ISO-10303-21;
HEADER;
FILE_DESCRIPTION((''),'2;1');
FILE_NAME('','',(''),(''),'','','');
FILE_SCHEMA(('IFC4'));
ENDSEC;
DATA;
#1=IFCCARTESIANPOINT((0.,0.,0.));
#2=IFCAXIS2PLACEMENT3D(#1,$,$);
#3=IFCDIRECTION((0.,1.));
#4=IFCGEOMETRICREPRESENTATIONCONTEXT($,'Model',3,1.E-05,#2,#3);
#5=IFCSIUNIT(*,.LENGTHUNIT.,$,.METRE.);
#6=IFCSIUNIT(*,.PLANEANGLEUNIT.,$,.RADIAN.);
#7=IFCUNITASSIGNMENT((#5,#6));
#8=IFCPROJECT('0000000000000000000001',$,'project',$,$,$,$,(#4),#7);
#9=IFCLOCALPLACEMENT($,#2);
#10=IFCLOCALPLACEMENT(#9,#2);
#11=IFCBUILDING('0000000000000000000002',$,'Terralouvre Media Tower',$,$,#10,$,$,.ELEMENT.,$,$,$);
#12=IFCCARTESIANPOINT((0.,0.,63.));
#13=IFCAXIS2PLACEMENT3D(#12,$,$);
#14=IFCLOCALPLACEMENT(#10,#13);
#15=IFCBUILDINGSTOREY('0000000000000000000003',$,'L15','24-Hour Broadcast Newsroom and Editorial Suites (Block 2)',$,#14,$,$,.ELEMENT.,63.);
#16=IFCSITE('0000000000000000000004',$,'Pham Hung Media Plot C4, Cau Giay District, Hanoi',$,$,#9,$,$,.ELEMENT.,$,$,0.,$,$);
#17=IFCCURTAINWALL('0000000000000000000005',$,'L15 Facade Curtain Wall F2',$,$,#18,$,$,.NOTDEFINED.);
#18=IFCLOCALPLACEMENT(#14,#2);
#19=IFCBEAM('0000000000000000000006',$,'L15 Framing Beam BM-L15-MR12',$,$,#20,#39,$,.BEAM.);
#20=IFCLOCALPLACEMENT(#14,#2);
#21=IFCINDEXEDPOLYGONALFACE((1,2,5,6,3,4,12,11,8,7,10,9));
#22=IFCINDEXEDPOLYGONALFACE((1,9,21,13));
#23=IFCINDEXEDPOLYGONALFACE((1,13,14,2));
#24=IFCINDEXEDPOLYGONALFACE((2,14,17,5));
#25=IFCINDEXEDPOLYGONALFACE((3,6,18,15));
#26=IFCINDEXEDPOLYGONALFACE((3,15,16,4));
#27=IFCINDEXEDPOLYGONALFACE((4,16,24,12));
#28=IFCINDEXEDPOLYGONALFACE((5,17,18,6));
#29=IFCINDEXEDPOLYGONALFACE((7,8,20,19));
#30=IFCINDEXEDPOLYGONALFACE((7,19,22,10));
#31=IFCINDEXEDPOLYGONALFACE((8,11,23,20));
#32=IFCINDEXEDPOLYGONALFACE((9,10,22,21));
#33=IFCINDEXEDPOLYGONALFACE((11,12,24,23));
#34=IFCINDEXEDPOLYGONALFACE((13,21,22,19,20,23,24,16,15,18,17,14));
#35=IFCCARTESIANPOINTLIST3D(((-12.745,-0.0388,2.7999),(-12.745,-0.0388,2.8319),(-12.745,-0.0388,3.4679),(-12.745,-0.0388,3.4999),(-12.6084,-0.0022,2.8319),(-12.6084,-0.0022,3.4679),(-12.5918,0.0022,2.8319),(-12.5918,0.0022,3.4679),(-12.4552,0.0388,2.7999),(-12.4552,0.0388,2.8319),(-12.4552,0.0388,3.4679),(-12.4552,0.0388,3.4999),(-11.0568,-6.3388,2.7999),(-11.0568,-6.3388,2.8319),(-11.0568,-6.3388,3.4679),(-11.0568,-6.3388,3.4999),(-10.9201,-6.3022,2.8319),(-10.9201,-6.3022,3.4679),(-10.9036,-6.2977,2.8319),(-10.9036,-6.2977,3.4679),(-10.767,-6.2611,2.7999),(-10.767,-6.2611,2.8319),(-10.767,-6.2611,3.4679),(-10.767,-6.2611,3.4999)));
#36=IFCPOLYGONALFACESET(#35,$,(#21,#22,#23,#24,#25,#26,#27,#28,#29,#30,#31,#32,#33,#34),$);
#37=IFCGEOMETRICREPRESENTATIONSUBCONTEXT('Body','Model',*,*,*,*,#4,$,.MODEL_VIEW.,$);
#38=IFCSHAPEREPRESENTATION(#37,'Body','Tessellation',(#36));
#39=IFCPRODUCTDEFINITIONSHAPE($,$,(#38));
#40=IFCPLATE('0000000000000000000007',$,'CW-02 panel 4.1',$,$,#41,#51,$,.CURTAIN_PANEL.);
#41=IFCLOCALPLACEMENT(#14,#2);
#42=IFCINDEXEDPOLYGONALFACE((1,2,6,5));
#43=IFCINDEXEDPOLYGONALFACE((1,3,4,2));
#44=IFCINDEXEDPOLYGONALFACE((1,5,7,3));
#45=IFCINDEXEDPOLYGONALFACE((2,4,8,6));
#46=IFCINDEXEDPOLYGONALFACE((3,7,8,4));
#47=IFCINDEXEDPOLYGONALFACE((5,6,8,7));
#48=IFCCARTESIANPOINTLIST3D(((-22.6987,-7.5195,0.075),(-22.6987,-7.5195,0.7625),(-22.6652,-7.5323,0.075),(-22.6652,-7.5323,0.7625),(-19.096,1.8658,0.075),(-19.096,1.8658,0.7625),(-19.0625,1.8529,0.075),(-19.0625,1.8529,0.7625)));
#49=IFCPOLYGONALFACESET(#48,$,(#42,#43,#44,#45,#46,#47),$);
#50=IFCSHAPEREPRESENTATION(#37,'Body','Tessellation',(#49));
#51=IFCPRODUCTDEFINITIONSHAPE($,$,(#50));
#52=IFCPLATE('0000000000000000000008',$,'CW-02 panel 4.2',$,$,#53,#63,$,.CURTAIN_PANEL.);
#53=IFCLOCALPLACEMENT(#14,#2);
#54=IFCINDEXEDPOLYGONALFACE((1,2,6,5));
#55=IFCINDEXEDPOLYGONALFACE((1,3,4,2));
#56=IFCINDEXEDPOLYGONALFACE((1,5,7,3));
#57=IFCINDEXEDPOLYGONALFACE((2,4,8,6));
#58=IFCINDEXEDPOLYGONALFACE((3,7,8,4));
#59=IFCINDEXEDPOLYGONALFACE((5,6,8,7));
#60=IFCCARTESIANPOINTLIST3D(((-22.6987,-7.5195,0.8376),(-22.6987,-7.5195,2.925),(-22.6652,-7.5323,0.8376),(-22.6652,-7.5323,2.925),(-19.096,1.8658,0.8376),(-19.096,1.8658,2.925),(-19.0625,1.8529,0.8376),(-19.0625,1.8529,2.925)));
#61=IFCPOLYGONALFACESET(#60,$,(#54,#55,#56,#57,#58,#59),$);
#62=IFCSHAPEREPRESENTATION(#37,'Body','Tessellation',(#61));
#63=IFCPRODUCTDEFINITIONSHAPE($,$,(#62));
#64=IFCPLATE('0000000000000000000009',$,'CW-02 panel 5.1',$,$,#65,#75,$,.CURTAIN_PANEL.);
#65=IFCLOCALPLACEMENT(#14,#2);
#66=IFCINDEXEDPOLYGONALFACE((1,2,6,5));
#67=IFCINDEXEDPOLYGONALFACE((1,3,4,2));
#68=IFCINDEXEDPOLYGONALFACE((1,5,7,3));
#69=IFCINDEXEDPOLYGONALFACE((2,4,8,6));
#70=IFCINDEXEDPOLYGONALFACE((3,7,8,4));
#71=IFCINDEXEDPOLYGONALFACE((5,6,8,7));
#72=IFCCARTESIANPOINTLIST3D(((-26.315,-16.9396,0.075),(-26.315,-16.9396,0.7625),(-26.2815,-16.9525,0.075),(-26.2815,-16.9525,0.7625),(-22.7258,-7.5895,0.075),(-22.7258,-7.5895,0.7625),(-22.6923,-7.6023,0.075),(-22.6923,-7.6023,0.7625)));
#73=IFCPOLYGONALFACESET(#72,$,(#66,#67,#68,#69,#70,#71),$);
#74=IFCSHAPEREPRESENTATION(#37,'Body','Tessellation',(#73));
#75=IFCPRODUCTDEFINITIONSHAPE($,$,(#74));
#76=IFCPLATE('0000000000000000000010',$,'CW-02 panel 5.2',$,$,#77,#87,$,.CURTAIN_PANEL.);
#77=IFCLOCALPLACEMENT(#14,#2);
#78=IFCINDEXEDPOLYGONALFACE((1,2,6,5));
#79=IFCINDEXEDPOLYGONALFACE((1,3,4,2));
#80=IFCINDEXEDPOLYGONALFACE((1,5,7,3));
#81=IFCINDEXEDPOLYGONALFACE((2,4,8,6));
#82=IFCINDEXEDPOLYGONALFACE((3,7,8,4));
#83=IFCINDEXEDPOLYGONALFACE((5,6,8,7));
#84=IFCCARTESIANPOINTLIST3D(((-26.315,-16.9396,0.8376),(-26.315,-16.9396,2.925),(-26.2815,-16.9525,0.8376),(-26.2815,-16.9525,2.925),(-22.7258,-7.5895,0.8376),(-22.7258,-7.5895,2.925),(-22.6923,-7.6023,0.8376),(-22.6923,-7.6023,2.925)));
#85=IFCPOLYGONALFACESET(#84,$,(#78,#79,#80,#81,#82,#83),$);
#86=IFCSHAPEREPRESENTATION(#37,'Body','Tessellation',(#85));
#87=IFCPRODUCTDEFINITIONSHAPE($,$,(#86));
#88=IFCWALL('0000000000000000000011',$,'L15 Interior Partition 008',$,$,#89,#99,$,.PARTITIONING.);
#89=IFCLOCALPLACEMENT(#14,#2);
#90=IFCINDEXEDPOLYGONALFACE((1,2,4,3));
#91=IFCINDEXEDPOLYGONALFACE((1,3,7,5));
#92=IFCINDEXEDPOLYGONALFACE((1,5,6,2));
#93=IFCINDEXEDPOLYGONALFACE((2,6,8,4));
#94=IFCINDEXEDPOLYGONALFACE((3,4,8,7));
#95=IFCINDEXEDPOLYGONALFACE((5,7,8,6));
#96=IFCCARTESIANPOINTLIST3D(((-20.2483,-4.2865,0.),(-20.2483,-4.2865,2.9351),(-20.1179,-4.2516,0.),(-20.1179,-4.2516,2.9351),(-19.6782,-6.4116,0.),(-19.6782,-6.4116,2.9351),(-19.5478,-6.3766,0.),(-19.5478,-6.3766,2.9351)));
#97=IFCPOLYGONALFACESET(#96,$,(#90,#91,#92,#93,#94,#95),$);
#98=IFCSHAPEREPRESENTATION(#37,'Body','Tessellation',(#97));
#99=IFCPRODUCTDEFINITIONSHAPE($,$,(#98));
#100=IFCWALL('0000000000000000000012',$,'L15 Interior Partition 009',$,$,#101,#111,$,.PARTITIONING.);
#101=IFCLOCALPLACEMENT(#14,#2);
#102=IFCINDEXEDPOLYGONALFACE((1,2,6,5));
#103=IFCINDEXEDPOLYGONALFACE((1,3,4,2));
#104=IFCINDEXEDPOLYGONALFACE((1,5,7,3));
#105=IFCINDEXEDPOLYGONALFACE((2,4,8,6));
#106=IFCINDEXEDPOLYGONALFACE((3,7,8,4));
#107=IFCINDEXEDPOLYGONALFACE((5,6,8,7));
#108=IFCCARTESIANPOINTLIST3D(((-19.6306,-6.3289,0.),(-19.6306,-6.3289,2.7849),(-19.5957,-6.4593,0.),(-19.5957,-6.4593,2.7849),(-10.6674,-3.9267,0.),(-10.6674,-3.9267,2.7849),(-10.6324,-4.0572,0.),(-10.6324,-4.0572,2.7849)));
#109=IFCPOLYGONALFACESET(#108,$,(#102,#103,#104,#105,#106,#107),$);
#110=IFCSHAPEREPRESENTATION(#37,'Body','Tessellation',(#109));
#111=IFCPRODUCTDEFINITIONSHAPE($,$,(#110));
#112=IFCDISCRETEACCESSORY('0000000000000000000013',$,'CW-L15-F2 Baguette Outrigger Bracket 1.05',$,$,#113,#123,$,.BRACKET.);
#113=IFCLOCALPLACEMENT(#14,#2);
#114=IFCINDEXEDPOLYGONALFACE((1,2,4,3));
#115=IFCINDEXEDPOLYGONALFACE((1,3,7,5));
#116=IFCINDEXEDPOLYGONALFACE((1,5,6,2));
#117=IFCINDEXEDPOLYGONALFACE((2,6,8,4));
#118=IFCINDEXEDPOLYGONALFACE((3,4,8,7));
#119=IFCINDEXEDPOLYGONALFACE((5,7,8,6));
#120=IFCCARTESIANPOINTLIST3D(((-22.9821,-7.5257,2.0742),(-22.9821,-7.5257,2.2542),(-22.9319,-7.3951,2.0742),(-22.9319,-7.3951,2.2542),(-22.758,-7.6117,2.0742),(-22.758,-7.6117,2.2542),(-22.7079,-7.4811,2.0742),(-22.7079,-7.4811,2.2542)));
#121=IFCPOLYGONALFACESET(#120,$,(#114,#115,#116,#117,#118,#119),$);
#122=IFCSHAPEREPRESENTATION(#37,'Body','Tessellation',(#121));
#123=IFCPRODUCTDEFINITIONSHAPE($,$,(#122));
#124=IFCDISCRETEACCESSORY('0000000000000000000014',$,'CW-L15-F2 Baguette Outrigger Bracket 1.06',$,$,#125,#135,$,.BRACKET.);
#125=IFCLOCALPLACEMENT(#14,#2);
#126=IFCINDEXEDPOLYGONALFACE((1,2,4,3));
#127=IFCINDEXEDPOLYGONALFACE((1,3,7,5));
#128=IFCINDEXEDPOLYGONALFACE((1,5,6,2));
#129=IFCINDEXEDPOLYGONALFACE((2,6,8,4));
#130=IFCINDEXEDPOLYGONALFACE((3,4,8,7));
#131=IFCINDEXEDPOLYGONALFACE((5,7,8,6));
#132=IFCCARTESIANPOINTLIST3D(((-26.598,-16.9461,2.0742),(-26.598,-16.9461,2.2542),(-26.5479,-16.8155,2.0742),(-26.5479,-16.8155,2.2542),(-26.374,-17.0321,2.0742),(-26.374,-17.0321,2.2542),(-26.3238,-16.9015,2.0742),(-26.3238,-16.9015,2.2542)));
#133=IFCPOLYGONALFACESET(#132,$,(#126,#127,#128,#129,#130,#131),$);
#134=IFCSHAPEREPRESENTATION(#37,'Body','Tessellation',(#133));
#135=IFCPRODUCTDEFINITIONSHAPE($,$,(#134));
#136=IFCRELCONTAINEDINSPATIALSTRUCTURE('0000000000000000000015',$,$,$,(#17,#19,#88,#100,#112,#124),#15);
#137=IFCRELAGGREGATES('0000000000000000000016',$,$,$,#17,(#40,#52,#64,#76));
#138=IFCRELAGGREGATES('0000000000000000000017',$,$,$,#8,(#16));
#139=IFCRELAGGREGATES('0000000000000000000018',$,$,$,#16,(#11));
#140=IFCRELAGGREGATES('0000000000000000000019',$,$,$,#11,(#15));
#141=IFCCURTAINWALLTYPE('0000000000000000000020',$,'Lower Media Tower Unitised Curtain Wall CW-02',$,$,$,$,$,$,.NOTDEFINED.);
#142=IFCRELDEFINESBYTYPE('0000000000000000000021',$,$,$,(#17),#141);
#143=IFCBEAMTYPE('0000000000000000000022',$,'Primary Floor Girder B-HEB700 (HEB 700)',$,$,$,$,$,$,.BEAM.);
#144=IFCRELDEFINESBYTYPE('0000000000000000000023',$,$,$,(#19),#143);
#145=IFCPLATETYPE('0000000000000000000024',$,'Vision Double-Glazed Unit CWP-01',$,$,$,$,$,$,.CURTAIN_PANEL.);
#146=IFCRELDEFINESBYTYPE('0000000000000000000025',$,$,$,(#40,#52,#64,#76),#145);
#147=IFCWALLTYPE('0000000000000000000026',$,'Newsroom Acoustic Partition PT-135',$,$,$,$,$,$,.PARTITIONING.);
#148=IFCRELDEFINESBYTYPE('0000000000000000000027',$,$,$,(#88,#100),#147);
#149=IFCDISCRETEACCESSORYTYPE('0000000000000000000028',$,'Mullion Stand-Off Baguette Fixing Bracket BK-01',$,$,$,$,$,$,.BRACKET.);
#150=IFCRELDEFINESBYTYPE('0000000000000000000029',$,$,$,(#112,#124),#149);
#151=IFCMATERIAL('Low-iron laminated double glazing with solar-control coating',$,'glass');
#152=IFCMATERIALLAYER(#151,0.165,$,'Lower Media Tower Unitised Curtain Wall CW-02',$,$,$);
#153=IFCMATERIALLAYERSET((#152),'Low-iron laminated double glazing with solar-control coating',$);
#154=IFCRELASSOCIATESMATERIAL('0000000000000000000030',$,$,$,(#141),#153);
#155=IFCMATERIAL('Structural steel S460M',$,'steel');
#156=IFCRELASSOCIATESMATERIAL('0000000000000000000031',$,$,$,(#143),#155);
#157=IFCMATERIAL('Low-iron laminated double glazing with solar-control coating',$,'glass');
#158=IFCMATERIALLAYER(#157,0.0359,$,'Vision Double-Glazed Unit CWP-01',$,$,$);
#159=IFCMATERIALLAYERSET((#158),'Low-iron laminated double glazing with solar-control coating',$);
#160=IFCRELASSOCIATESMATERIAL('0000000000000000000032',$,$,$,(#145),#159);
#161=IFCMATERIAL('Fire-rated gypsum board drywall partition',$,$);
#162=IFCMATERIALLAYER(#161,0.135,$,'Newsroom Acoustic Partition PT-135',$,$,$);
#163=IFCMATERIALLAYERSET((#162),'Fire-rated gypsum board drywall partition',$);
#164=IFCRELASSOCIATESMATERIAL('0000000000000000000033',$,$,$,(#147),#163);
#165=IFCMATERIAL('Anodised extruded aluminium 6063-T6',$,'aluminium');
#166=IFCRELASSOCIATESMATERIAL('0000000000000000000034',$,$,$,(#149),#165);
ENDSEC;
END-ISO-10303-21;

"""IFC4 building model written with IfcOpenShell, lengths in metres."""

from ifc_helpers import new_model, si_unit, direction, frame, frame_2d, origin, origin_2d, place, context, subcontext, project, spatial, rectangle, i_section, extrude, material, layer, layer_set, material_profile, profile_set, type_object, element, aggregate, save


model = new_model("IFC4")

# Units and contexts
model_context = context("Model", 3, precision=1e-05, world=origin(), true_north=direction((0.0, 1.0)))
body_context = subcontext(model_context, "Body", "Model", "MODEL_VIEW")
ifc_project = project(units=[si_unit("LENGTHUNIT", "METRE"), si_unit("PLANEANGLEUNIT", "RADIAN")], contexts=[model_context])

# Site, building, storey
site_placement = place(None, origin())
site = spatial("IfcSite", under=ifc_project, at=site_placement, Name="Pham Hung Media Plot C4, Cau Giay District, Hanoi", CompositionType="ELEMENT", RefElevation=0.0)
building_placement = place(site_placement, origin())
building = spatial("IfcBuilding", under=site, at=building_placement, Name="Terralouvre Media Tower", CompositionType="ELEMENT")
storey_placement = place(building_placement, frame((0.0, 0.0, 63.0)))
storey = spatial("IfcBuildingStorey", under=building, at=storey_placement, Name="L15", Description="24-Hour Broadcast Newsroom and Editorial Suites (Block 2)", CompositionType="ELEMENT", Elevation=63.0)

# Curtain wall
ifc_material_1 = material(Name="Low-iron laminated double glazing with solar-control coating", Category="glass")
ifc_layer_1 = layer(ifc_material_1, 0.165, Name="Lower Media Tower Unitised Curtain Wall CW-02")
ifc_layer_set_1 = layer_set([ifc_layer_1], Name="Low-iron laminated double glazing with solar-control coating")
curtain_wall_type_1 = type_object("IfcCurtainWallType", Name="Lower Media Tower Unitised Curtain Wall CW-02", PredefinedType="NOTDEFINED", material=ifc_layer_set_1)
curtain_wall_1_placement = place(storey_placement, origin())
curtain_wall_1 = element("IfcCurtainWall", 1, at=curtain_wall_1_placement, inside=storey, type_object=curtain_wall_type_1, Name="L15 Facade Curtain Wall F2", PredefinedType="NOTDEFINED")

# Beam
ifc_material_2 = material(Name="Structural steel S460M", Category="steel")
ifc_material_profile_1 = material_profile(ifc_material_2, i_section(OverallWidth=0.3, OverallDepth=0.7, WebThickness=0.0171, FlangeThickness=0.032, at=origin_2d()), Name="HEB 700")
ifc_profile_set_1 = profile_set([ifc_material_profile_1], Name="Structural steel S460M")
beam_type_1 = type_object("IfcBeamType", Name="Primary Floor Girder B-HEB700 (HEB 700)", PredefinedType="BEAM", material=ifc_profile_set_1)
beam_1_placement = place(storey_placement, frame((-12.6001, 0.0, 3.1499), z_axis=(0.258839, -0.96592, 0.0), x_axis=(0.96592, 0.258839, 0.0)))
element("IfcBeam", 2, at=beam_1_placement, inside=storey, type_object=beam_type_1, Name="L15 Framing Beam BM-L15-MR12", PredefinedType="BEAM", context=body_context, shape_type="SweptSolid", body=[
    extrude(i_section(OverallWidth=0.3, OverallDepth=0.7, WebThickness=0.0171, FlangeThickness=0.032, at=origin_2d()), origin(), (0.0, 0.0, 1.0), 6.5222),
])

# Plates
ifc_material_3 = material(Name="Low-iron laminated double glazing with solar-control coating", Category="glass")
ifc_layer_2 = layer(ifc_material_3, 0.0359, Name="Vision Double-Glazed Unit CWP-01")
ifc_layer_set_2 = layer_set([ifc_layer_2], Name="Low-iron laminated double glazing with solar-control coating")
plate_type = type_object("IfcPlateType", Name="Vision Double-Glazed Unit CWP-01", PredefinedType="CURTAIN_PANEL", material=ifc_layer_set_2)
plate_1_placement = place(storey_placement, frame((-20.8806, -2.8333, 0.075), z_axis=(0.0, 0.0, 1.0), x_axis=(-0.358368, -0.93358, 0.0)))
plate_1 = element("IfcPlate", 3, at=plate_1_placement, type_object=plate_type, Name="CW-02 panel 4.1", PredefinedType="CURTAIN_PANEL", context=body_context, shape_type="SweptSolid", body=[
    extrude(rectangle(XDim=10.053, YDim=0.0359, at=origin_2d()), origin(), (0.0, 0.0, 1.0), 0.6875),
])
plate_2_placement = place(storey_placement, frame((-20.8806, -2.8333, 0.8376), z_axis=(0.0, 0.0, 1.0), x_axis=(-0.358368, -0.93358, 0.0)))
plate_2 = element("IfcPlate", 4, at=plate_2_placement, type_object=plate_type, Name="CW-02 panel 4.2", PredefinedType="CURTAIN_PANEL", context=body_context, shape_type="SweptSolid", body=[
    extrude(rectangle(XDim=10.053, YDim=0.0359, at=origin_2d()), origin(), (0.0, 0.0, 1.0), 2.0874),
])
plate_3_placement = place(storey_placement, frame((-24.5037, -12.271, 0.075), z_axis=(0.0, 0.0, 1.0), x_axis=(-0.358368, -0.93358, 0.0)))
plate_3 = element("IfcPlate", 5, at=plate_3_placement, type_object=plate_type, Name="CW-02 panel 5.1", PredefinedType="CURTAIN_PANEL", context=body_context, shape_type="SweptSolid", body=[
    extrude(rectangle(XDim=10.0154, YDim=0.0359, at=origin_2d()), origin(), (0.0, 0.0, 1.0), 0.6875),
])
plate_4_placement = place(storey_placement, frame((-24.5037, -12.271, 0.8376), z_axis=(0.0, 0.0, 1.0), x_axis=(-0.358368, -0.93358, 0.0)))
plate_4 = element("IfcPlate", 6, at=plate_4_placement, type_object=plate_type, Name="CW-02 panel 5.2", PredefinedType="CURTAIN_PANEL", context=body_context, shape_type="SweptSolid", body=[
    extrude(rectangle(XDim=10.0154, YDim=0.0359, at=origin_2d()), origin(), (0.0, 0.0, 1.0), 2.0874),
])
aggregate(curtain_wall_1, [plate_1, plate_2, plate_3, plate_4])

# Walls
ifc_material_4 = material(Name="Fire-rated gypsum board drywall partition")
ifc_layer_3 = layer(ifc_material_4, 0.135, Name="Newsroom Acoustic Partition PT-135")
ifc_layer_set_3 = layer_set([ifc_layer_3], Name="Fire-rated gypsum board drywall partition")
wall_type = type_object("IfcWallType", Name="Newsroom Acoustic Partition PT-135", PredefinedType="PARTITIONING", material=ifc_layer_set_3)
wall_1_placement = place(storey_placement, frame((-20.1831, -4.269, 0.0), z_axis=(0.0, 0.0, 1.0), x_axis=(0.259106, -0.965849, 0.0)))
element("IfcWall", 7, at=wall_1_placement, inside=storey, type_object=wall_type, Name="L15 Interior Partition 008", PredefinedType="PARTITIONING", context=body_context, shape_type="SweptSolid", body=[
    extrude(rectangle(XDim=2.2002, YDim=0.135, at=frame_2d((1.1001, 0.0))), origin(), (0.0, 0.0, 1.0), 2.9351),
])
wall_2_placement = place(storey_placement, frame((-19.613, -6.394, 0.0), z_axis=(0.0, 0.0, 1.0), x_axis=(0.965914, 0.258863, 0.0)))
element("IfcWall", 8, at=wall_2_placement, inside=storey, type_object=wall_type, Name="L15 Interior Partition 009", PredefinedType="PARTITIONING", context=body_context, shape_type="SweptSolid", body=[
    extrude(rectangle(XDim=9.2795, YDim=0.135, at=frame_2d((4.6396, 0.0))), origin(), (0.0, 0.0, 1.0), 2.7849),
])

# Discrete accessories
ifc_material_5 = material(Name="Anodised extruded aluminium 6063-T6", Category="aluminium")
discrete_accessory_type = type_object("IfcDiscreteAccessoryType", Name="Mullion Stand-Off Baguette Fixing Bracket BK-01", PredefinedType="BRACKET", material=ifc_material_5)
for number, where, z_axis, x_axis, name in (
    (9, (-22.845, -7.5034, 2.0742), (0.0, 0.0, 1.0), (-0.358368, -0.93358, 0.0), "CW-L15-F2 Baguette Outrigger Bracket 1.05"),
    (10, (-26.4609, -16.9238, 2.0742), (0.0, 0.0, 1.0), (-0.358368, -0.93358, 0.0), "CW-L15-F2 Baguette Outrigger Bracket 1.06"),
):
    element("IfcDiscreteAccessory", number, at=place(storey_placement, frame(where, z_axis=z_axis, x_axis=x_axis)), inside=storey, type_object=discrete_accessory_type, Name=name, PredefinedType="BRACKET", context=body_context, shape_type="SweptSolid", body=[
        extrude(rectangle(XDim=0.1399, YDim=0.24, at=origin_2d()), origin(), (0.0, 0.0, 1.0), 0.1799),
    ])

save(model, "model.ifc")
